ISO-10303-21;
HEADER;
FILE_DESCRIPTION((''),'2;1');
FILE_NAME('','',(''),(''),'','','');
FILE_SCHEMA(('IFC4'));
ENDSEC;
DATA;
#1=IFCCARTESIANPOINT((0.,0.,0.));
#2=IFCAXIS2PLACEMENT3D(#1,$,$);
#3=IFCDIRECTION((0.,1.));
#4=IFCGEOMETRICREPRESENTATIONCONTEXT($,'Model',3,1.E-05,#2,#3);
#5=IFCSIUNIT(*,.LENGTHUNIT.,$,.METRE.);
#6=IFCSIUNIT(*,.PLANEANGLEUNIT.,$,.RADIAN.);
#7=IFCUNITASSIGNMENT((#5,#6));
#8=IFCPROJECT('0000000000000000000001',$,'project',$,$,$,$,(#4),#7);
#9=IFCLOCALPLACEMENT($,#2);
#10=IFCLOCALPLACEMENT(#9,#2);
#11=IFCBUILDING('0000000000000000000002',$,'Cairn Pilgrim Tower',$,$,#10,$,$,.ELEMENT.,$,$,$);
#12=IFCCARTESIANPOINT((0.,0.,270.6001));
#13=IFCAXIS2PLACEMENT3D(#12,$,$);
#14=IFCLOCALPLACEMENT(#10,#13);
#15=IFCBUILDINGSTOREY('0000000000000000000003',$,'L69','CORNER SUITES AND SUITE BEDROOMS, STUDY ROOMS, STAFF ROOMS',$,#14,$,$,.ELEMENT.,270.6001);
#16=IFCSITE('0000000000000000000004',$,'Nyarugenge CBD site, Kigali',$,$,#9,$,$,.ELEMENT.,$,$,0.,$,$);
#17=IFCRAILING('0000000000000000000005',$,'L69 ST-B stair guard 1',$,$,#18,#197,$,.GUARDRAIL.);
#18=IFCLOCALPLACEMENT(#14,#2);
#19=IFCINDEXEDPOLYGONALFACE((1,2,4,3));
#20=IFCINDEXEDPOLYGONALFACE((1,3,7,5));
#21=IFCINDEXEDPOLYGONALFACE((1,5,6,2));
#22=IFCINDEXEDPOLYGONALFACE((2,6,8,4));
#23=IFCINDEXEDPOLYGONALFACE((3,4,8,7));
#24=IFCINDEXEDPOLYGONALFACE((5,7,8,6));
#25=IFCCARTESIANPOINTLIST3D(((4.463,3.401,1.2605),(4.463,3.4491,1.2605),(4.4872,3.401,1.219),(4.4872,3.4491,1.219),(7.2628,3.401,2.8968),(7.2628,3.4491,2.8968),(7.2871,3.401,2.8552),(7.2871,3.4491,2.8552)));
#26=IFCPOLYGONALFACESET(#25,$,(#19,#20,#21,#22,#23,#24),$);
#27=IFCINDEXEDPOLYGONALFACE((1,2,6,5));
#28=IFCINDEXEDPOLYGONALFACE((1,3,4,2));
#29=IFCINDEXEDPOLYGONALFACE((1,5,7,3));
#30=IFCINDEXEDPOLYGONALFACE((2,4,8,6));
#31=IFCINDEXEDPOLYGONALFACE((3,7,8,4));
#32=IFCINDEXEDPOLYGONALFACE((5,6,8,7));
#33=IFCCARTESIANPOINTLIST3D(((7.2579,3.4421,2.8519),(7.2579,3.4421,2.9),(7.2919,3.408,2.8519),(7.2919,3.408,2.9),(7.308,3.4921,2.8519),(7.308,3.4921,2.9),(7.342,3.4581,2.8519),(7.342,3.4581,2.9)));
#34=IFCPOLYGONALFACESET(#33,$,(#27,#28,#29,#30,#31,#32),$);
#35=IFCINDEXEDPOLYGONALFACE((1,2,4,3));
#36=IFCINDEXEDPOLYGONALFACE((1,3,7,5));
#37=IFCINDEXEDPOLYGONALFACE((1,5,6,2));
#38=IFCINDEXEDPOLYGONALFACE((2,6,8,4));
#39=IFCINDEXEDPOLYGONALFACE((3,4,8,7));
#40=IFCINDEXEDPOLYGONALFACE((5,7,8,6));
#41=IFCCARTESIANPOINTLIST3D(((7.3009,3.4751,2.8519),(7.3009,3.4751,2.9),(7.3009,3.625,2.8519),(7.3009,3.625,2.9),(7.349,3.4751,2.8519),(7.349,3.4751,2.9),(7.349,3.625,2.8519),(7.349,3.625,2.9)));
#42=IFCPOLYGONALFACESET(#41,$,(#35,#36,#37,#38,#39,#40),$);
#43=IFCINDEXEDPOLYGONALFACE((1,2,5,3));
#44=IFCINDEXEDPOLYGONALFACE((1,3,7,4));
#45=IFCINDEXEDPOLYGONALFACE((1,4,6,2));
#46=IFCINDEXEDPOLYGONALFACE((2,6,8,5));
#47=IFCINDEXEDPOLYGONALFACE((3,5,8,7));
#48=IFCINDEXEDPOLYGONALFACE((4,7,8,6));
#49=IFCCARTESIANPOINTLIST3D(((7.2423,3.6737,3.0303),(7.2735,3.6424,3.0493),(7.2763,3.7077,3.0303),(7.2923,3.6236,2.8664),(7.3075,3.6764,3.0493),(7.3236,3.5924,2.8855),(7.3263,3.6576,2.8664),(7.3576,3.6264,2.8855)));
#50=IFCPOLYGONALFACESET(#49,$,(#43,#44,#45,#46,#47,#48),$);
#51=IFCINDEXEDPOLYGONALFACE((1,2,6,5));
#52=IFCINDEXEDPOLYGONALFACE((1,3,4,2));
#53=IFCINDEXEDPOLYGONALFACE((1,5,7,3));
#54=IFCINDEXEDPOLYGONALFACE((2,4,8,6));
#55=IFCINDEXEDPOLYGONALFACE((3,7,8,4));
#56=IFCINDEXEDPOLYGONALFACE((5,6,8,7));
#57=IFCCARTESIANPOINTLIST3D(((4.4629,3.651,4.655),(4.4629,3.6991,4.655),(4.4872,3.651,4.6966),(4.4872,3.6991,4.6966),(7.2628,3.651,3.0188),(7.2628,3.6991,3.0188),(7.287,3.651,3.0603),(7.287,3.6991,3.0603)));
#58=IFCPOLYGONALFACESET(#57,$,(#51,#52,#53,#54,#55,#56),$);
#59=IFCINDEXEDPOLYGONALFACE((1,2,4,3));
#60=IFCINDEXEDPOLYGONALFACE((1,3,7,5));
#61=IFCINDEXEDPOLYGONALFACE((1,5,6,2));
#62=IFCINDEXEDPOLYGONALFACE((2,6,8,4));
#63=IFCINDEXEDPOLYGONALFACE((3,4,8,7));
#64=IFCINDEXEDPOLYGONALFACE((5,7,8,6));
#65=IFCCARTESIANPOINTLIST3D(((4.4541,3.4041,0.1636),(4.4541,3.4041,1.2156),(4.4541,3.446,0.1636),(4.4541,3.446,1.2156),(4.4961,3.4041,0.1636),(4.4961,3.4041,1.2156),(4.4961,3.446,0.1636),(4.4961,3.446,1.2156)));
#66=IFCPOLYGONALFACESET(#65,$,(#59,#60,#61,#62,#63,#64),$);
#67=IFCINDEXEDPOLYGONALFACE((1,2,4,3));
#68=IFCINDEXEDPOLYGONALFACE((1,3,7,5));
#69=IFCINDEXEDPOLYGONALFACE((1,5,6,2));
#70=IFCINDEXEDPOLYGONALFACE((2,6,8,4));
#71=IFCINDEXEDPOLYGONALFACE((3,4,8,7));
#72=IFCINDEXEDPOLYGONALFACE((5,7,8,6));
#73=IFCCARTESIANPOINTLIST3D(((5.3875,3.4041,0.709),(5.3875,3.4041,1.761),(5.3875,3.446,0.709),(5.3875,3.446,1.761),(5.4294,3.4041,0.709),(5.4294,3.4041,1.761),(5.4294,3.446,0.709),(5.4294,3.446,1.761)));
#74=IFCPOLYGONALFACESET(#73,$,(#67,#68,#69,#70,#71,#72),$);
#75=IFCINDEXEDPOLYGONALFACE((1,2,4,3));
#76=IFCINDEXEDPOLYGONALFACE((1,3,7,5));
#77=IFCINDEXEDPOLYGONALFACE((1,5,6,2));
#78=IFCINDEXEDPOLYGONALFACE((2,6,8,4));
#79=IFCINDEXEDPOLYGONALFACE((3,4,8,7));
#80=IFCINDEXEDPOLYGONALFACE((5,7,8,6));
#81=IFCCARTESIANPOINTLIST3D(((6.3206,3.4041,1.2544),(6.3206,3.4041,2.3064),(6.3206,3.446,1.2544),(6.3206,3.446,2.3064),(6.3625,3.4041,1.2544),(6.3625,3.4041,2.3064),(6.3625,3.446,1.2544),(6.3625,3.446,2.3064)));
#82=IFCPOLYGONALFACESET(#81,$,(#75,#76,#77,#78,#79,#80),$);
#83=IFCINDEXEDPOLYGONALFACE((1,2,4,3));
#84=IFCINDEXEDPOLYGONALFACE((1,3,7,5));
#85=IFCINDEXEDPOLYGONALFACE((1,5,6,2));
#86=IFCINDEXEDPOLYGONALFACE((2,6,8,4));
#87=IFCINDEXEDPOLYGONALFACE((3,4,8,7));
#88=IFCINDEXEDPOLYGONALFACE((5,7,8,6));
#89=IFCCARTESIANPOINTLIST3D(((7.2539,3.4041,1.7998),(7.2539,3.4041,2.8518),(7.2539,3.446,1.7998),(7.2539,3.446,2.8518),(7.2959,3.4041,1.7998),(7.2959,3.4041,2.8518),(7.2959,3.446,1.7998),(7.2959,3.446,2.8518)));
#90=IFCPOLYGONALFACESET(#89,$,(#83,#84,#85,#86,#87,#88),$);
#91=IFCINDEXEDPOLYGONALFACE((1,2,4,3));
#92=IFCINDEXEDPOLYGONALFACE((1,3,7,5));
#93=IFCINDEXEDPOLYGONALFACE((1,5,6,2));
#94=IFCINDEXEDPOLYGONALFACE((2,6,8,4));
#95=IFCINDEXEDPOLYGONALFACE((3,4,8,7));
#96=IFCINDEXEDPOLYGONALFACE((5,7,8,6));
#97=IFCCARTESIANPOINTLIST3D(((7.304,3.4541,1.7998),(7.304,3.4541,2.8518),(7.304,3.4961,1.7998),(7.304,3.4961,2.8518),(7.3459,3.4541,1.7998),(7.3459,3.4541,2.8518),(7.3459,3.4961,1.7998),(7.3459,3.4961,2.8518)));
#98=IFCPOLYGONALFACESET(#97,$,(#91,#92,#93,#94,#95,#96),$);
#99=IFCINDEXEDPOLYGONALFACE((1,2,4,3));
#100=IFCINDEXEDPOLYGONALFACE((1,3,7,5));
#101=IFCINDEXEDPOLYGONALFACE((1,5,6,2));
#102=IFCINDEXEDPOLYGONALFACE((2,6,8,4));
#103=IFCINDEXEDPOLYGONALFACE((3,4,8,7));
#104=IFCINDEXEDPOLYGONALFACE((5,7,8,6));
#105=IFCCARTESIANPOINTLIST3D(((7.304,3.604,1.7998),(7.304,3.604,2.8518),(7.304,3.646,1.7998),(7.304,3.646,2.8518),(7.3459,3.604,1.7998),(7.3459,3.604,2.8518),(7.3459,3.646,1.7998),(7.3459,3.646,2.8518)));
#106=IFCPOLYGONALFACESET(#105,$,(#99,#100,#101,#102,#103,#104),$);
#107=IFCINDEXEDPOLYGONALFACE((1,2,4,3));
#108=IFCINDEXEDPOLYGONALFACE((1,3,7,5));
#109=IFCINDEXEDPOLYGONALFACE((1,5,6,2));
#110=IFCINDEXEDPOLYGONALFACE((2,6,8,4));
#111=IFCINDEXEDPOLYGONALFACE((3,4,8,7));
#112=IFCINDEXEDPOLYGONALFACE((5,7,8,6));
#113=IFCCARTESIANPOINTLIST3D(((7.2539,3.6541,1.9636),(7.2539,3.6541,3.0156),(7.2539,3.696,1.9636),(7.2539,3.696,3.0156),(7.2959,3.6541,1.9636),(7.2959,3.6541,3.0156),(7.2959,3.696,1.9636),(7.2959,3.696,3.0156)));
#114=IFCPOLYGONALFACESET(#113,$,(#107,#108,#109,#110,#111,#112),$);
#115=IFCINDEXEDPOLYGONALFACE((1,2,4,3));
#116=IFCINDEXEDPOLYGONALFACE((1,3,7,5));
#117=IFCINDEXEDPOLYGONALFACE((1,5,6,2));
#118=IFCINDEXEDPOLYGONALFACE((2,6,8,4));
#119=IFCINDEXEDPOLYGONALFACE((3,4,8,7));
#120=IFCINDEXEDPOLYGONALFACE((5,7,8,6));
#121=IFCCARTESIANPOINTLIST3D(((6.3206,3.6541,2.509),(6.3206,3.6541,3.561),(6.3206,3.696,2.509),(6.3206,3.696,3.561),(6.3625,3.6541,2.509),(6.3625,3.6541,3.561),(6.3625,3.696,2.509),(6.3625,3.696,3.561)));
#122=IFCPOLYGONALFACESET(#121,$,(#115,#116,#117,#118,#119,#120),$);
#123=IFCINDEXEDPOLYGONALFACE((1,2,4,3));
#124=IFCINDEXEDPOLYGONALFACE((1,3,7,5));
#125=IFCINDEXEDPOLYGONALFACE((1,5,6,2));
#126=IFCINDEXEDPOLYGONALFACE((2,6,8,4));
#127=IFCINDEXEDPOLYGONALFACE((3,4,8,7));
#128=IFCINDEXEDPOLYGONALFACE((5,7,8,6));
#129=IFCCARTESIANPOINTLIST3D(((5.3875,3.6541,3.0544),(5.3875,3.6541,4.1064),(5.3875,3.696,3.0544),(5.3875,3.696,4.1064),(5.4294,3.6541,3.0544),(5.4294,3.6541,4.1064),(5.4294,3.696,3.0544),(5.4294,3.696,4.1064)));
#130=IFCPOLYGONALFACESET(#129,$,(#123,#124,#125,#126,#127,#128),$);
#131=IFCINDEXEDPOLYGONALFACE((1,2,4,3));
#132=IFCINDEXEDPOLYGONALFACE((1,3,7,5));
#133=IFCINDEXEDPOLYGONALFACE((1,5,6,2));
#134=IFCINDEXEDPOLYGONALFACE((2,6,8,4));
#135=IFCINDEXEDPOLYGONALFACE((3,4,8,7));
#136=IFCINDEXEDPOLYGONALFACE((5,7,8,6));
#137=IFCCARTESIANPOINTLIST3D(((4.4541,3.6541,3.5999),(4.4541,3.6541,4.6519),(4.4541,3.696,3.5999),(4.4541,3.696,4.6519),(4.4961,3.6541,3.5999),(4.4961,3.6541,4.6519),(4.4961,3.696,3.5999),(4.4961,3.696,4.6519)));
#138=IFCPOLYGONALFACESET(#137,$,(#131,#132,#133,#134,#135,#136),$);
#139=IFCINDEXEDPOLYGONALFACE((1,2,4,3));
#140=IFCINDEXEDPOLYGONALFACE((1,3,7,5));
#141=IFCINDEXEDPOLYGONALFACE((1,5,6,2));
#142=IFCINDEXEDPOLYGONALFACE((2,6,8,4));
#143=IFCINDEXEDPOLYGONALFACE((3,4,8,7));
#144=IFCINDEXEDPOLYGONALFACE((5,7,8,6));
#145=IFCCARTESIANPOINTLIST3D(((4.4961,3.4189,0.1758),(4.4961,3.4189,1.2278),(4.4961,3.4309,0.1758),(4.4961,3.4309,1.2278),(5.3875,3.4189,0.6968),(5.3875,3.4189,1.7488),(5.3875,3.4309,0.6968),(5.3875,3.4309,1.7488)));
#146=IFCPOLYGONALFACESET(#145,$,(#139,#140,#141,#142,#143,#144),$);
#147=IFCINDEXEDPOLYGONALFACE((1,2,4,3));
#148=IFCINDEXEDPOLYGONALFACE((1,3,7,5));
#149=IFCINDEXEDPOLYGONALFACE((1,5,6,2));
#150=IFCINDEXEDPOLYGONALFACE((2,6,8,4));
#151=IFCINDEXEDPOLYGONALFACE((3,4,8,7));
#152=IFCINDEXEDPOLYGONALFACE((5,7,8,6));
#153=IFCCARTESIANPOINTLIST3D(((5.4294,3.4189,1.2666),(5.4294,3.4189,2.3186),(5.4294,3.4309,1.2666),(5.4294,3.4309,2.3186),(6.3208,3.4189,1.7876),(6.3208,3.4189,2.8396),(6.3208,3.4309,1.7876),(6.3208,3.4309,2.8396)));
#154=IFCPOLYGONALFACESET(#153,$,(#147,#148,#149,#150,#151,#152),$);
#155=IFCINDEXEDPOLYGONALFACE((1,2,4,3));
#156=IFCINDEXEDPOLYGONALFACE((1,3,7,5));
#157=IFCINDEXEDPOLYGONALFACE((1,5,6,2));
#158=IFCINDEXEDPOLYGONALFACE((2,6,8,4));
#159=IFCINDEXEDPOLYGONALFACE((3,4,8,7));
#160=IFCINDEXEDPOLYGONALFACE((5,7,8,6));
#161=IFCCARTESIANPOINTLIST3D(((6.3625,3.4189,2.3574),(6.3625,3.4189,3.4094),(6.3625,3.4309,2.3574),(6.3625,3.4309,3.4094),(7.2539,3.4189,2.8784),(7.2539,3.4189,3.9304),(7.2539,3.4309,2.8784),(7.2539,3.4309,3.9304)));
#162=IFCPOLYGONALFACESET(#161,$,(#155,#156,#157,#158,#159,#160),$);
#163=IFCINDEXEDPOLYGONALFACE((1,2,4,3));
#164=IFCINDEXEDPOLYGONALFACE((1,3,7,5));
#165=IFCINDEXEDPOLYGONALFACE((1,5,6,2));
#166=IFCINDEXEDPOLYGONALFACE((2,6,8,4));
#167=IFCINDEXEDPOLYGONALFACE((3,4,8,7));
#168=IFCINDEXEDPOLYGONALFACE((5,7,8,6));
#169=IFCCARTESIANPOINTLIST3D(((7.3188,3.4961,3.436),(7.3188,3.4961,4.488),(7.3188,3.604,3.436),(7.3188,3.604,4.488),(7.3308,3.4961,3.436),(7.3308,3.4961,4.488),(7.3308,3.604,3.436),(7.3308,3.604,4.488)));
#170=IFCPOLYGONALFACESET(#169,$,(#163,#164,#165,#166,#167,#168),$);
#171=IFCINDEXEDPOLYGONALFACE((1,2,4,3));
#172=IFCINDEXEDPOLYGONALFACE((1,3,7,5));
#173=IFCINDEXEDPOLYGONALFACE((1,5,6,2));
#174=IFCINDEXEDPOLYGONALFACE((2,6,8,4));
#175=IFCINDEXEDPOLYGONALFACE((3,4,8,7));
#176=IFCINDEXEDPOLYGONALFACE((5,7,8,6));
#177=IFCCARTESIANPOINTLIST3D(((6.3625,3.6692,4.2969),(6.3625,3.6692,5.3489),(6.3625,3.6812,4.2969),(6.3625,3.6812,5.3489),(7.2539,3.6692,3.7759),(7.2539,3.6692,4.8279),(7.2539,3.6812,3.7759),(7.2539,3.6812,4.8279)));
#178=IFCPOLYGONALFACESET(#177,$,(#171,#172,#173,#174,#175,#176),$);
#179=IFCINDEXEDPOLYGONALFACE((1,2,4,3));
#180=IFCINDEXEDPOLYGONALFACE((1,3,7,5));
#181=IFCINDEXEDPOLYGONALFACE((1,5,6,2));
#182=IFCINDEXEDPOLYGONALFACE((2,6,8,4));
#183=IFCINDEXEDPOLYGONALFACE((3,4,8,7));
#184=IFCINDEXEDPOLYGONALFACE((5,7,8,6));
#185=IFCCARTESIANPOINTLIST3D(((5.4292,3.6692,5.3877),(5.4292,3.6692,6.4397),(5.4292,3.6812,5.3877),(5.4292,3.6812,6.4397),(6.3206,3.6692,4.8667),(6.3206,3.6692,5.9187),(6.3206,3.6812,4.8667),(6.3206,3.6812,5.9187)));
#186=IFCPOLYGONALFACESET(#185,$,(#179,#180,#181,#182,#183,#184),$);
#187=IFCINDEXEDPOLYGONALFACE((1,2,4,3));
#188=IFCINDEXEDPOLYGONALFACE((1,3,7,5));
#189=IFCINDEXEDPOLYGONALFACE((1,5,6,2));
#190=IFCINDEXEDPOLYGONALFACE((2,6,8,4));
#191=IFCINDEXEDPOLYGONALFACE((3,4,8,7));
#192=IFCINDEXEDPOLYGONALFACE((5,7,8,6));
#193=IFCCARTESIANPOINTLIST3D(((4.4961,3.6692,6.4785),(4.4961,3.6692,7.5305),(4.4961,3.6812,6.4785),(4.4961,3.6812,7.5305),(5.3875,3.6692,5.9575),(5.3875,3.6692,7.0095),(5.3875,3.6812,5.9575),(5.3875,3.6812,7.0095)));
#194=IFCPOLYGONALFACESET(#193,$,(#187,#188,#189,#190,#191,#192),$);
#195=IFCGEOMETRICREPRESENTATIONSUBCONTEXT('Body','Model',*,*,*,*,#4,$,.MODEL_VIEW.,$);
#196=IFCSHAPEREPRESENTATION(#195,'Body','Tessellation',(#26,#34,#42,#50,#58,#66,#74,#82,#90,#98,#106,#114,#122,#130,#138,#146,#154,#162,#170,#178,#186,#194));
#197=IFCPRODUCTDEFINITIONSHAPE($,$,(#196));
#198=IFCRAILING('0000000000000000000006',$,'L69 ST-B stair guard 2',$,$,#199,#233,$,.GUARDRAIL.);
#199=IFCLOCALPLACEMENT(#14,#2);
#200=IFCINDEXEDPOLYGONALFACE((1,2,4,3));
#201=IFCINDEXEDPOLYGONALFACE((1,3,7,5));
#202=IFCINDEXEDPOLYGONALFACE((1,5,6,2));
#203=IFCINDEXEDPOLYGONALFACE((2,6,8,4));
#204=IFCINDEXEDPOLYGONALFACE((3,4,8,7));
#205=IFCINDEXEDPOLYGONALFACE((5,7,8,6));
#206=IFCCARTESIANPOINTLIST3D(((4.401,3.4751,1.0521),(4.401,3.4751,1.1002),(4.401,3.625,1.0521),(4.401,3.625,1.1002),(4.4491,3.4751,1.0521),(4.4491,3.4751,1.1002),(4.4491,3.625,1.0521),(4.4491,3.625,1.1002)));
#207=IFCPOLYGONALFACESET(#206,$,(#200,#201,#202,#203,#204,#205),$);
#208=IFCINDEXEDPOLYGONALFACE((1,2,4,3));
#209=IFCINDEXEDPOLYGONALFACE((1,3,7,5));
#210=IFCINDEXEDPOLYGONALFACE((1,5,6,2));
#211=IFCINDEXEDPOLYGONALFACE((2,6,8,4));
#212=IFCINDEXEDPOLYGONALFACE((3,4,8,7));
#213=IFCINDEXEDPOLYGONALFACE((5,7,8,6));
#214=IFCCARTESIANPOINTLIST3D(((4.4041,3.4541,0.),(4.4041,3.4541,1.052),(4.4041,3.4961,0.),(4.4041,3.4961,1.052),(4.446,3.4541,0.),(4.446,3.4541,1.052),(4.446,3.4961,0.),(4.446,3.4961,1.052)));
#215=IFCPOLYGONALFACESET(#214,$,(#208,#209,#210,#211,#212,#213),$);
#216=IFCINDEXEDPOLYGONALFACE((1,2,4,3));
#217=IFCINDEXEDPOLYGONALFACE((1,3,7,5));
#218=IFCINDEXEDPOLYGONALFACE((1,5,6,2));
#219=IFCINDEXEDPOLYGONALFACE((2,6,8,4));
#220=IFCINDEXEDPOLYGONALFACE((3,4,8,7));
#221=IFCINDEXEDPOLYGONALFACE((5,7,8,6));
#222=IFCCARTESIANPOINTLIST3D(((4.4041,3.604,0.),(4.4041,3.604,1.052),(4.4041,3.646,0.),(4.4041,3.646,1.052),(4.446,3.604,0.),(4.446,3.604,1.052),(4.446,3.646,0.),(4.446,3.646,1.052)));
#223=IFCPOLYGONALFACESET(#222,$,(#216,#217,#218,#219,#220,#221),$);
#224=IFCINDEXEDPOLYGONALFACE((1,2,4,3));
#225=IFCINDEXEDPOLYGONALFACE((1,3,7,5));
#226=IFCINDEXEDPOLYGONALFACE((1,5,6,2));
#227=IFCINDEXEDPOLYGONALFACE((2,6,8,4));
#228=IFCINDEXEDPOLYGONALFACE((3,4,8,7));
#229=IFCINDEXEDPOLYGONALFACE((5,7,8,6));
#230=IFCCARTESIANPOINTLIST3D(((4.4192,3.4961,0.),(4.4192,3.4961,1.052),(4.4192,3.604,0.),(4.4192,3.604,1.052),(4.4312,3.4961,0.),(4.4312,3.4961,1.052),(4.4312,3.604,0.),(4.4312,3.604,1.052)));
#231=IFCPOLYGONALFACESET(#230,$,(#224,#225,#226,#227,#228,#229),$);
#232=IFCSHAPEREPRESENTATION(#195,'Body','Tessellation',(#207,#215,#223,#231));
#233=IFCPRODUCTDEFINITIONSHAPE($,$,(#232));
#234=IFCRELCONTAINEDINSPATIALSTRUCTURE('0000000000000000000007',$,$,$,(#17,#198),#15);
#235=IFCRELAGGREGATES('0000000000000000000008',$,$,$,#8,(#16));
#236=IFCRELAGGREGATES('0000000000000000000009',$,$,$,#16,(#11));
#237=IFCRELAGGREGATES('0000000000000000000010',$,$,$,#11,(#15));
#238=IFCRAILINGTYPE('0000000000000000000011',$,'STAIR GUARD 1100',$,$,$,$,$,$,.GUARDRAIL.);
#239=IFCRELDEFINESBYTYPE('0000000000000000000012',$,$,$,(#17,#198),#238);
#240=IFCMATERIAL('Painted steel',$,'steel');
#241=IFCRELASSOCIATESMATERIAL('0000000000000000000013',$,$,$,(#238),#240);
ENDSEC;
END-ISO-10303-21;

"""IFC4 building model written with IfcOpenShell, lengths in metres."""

from ifc_helpers import new_model, si_unit, direction, frame, origin, origin_2d, place, context, subcontext, project, spatial, polyline, rectangle, outline, extrude, material, type_object, element, save


model = new_model("IFC4")

# Units and contexts
model_context = context("Model", 3, precision=1e-05, world=origin(), true_north=direction((0.0, 1.0)))
body_context = subcontext(model_context, "Body", "Model", "MODEL_VIEW")
ifc_project = project(units=[si_unit("LENGTHUNIT", "METRE"), si_unit("PLANEANGLEUNIT", "RADIAN")], contexts=[model_context])

# Site, building, storey
site_placement = place(None, origin())
site = spatial("IfcSite", under=ifc_project, at=site_placement, Name="Nyarugenge CBD site, Kigali", CompositionType="ELEMENT", RefElevation=0.0)
building_placement = place(site_placement, origin())
building = spatial("IfcBuilding", under=site, at=building_placement, Name="Cairn Pilgrim Tower", CompositionType="ELEMENT")
storey_placement = place(building_placement, frame((0.0, 0.0, 270.6001)))
storey = spatial("IfcBuildingStorey", under=building, at=storey_placement, Name="L69", Description="CORNER SUITES AND SUITE BEDROOMS, STUDY ROOMS, STAFF ROOMS", CompositionType="ELEMENT", Elevation=270.6001)

# Shared definitions
ifc_material_1 = material(Name="Painted steel", Category="steel")

# Railings
railing_type_1 = type_object("IfcRailingType", Name="STAIR GUARD 1100", PredefinedType="GUARDRAIL", material=ifc_material_1)
railing_1_placement = place(storey_placement, frame((4.4751, 3.425, 0.1636)))
element("IfcRailing", 1, at=railing_1_placement, inside=storey, type_object=railing_type_1, Name="L69 ST-B stair guard 1", PredefinedType="GUARDRAIL", context=body_context, shape_type="SweptSolid", body=[
    extrude(rectangle(XDim=0.0481, YDim=0.0481, at=origin_2d()), frame((0.0, 0.0, 1.0762), z_axis=(0.863374, 0.0, 0.504564), x_axis=(0.0, 1.0, 0.0)), (0.0, 0.0, 1.0), 3.2429),
    extrude(rectangle(XDim=0.0481, YDim=0.0481, at=origin_2d()), frame((2.7998, 0.0, 2.7124), z_axis=(0.707107, 0.707107, 0.0), x_axis=(-0.707107, 0.707107, 0.0)), (0.0, 0.0, 1.0), 0.0708),
    extrude(rectangle(XDim=0.0481, YDim=0.0481, at=origin_2d()), frame((2.8499, 0.05, 2.7124), z_axis=(0.0, 1.0, 0.0), x_axis=(-1.0, 0.0, 0.0)), (0.0, 0.0, 1.0), 0.1499),
    extrude(rectangle(XDim=0.0481, YDim=0.0481, at=origin_2d()), frame((2.8499, 0.2, 2.7124), z_axis=(-0.280456, 0.280456, 0.917981), x_axis=(-0.707107, -0.707107, 0.0)), (0.0, 0.0, 1.0), 0.1785),
    extrude(rectangle(XDim=0.0481, YDim=0.0481, at=origin_2d()), frame((2.7998, 0.25, 2.876), z_axis=(-0.863374, 0.0, 0.504564), x_axis=(0.0, -1.0, 0.0)), (0.0, 0.0, 1.0), 3.2429),
    extrude(rectangle(XDim=0.042, YDim=0.042, at=origin_2d()), origin(), (0.0, 0.0, 1.0), 1.052),
    extrude(rectangle(XDim=0.042, YDim=0.042, at=origin_2d()), frame((0.9333, 0.0, 0.5454)), (0.0, 0.0, 1.0), 1.052),
    extrude(rectangle(XDim=0.042, YDim=0.042, at=origin_2d()), frame((1.8665, 0.0, 1.0908)), (0.0, 0.0, 1.0), 1.052),
    extrude(rectangle(XDim=0.042, YDim=0.042, at=origin_2d()), frame((2.7998, 0.0, 1.6362)), (0.0, 0.0, 1.0), 1.052),
    extrude(rectangle(XDim=0.042, YDim=0.042, at=origin_2d()), frame((2.8499, 0.05, 1.6362)), (0.0, 0.0, 1.0), 1.052),
    extrude(rectangle(XDim=0.042, YDim=0.042, at=origin_2d()), frame((2.8499, 0.2, 1.6362)), (0.0, 0.0, 1.0), 1.052),
    extrude(rectangle(XDim=0.042, YDim=0.042, at=origin_2d()), frame((2.7998, 0.25, 1.8)), (0.0, 0.0, 1.0), 1.052),
    extrude(rectangle(XDim=0.042, YDim=0.042, at=origin_2d()), frame((1.8665, 0.25, 2.3455)), (0.0, 0.0, 1.0), 1.052),
    extrude(rectangle(XDim=0.042, YDim=0.042, at=origin_2d()), frame((0.9333, 0.25, 2.8909)), (0.0, 0.0, 1.0), 1.052),
    extrude(rectangle(XDim=0.042, YDim=0.042, at=origin_2d()), frame((0.0, 0.25, 3.4363)), (0.0, 0.0, 1.0), 1.052),
    extrude(outline(polyline([(0.021, 0.0122), (0.9124, 0.5332), (0.9124, 1.5852), (0.021, 1.0642), (0.021, 0.0122)])), frame((0.0, 0.0059, 0.0), z_axis=(0.0, -1.0, 0.0), x_axis=(1.0, 0.0, 0.0)), (0.0, 0.0, 1.0), 0.012),
    extrude(outline(polyline([(0.021, 0.5576), (0.9124, 1.0786), (0.9124, 2.1306), (0.021, 1.6096), (0.021, 0.5576)])), frame((0.9333, 0.0059, 0.5454), z_axis=(0.0, -1.0, 0.0), x_axis=(1.0, 0.0, 0.0)), (0.0, 0.0, 1.0), 0.012),
    extrude(outline(polyline([(0.021, 1.103), (0.9124, 1.624), (0.9124, 2.676), (0.021, 2.155), (0.021, 1.103)])), frame((1.8665, 0.0059, 1.0908), z_axis=(0.0, -1.0, 0.0), x_axis=(1.0, 0.0, 0.0)), (0.0, 0.0, 1.0), 0.012),
    extrude(outline(polyline([(0.021, 1.6362), (0.1289, 1.6362), (0.1289, 2.6882), (0.021, 2.6882), (0.021, 1.6362)])), frame((2.8438, 0.05, 1.6362), z_axis=(1.0, 0.0, 0.0), x_axis=(0.0, 1.0, 0.0)), (0.0, 0.0, 1.0), 0.012),
    extrude(outline(polyline([(0.021, 1.8123), (0.9124, 2.3333), (0.9124, 3.3853), (0.021, 2.8643), (0.021, 1.8123)])), frame((2.7998, 0.2441, 1.8), z_axis=(0.0, 1.0, 0.0), x_axis=(-1.0, 0.0, 0.0)), (0.0, 0.0, 1.0), 0.012),
    extrude(outline(polyline([(0.021, 2.3577), (0.9124, 2.8787), (0.9124, 3.9307), (0.021, 3.4097), (0.021, 2.3577)])), frame((1.8665, 0.2441, 2.3455), z_axis=(0.0, 1.0, 0.0), x_axis=(-1.0, 0.0, 0.0)), (0.0, 0.0, 1.0), 0.012),
    extrude(outline(polyline([(0.021, 2.9031), (0.9124, 3.4241), (0.9124, 4.4761), (0.021, 3.9551), (0.021, 2.9031)])), frame((0.9333, 0.2441, 2.8909), z_axis=(0.0, 1.0, 0.0), x_axis=(-1.0, 0.0, 0.0)), (0.0, 0.0, 1.0), 0.012),
])
railing_2_placement = place(storey_placement, frame((4.425, 3.4751, 0.0)))
element("IfcRailing", 2, at=railing_2_placement, inside=storey, type_object=railing_type_1, Name="L69 ST-B stair guard 2", PredefinedType="GUARDRAIL", context=body_context, shape_type="SweptSolid", body=[
    extrude(rectangle(XDim=0.0481, YDim=0.0481, at=origin_2d()), frame((0.0, 0.0, 1.0762), z_axis=(0.0, 1.0, 0.0), x_axis=(-1.0, 0.0, 0.0)), (0.0, 0.0, 1.0), 0.1499),
    extrude(rectangle(XDim=0.042, YDim=0.042, at=origin_2d()), origin(), (0.0, 0.0, 1.0), 1.052),
    extrude(rectangle(XDim=0.042, YDim=0.042, at=origin_2d()), frame((0.0, 0.1499, 0.0)), (0.0, 0.0, 1.0), 1.052),
    extrude(outline(polyline([(0.021, 0.0), (0.1289, 0.0), (0.1289, 1.052), (0.021, 1.052), (0.021, 0.0)])), frame((-0.0059, 0.0, 0.0), z_axis=(1.0, 0.0, 0.0), x_axis=(0.0, 1.0, 0.0)), (0.0, 0.0, 1.0), 0.012),
])

save(model, "model.ifc")
